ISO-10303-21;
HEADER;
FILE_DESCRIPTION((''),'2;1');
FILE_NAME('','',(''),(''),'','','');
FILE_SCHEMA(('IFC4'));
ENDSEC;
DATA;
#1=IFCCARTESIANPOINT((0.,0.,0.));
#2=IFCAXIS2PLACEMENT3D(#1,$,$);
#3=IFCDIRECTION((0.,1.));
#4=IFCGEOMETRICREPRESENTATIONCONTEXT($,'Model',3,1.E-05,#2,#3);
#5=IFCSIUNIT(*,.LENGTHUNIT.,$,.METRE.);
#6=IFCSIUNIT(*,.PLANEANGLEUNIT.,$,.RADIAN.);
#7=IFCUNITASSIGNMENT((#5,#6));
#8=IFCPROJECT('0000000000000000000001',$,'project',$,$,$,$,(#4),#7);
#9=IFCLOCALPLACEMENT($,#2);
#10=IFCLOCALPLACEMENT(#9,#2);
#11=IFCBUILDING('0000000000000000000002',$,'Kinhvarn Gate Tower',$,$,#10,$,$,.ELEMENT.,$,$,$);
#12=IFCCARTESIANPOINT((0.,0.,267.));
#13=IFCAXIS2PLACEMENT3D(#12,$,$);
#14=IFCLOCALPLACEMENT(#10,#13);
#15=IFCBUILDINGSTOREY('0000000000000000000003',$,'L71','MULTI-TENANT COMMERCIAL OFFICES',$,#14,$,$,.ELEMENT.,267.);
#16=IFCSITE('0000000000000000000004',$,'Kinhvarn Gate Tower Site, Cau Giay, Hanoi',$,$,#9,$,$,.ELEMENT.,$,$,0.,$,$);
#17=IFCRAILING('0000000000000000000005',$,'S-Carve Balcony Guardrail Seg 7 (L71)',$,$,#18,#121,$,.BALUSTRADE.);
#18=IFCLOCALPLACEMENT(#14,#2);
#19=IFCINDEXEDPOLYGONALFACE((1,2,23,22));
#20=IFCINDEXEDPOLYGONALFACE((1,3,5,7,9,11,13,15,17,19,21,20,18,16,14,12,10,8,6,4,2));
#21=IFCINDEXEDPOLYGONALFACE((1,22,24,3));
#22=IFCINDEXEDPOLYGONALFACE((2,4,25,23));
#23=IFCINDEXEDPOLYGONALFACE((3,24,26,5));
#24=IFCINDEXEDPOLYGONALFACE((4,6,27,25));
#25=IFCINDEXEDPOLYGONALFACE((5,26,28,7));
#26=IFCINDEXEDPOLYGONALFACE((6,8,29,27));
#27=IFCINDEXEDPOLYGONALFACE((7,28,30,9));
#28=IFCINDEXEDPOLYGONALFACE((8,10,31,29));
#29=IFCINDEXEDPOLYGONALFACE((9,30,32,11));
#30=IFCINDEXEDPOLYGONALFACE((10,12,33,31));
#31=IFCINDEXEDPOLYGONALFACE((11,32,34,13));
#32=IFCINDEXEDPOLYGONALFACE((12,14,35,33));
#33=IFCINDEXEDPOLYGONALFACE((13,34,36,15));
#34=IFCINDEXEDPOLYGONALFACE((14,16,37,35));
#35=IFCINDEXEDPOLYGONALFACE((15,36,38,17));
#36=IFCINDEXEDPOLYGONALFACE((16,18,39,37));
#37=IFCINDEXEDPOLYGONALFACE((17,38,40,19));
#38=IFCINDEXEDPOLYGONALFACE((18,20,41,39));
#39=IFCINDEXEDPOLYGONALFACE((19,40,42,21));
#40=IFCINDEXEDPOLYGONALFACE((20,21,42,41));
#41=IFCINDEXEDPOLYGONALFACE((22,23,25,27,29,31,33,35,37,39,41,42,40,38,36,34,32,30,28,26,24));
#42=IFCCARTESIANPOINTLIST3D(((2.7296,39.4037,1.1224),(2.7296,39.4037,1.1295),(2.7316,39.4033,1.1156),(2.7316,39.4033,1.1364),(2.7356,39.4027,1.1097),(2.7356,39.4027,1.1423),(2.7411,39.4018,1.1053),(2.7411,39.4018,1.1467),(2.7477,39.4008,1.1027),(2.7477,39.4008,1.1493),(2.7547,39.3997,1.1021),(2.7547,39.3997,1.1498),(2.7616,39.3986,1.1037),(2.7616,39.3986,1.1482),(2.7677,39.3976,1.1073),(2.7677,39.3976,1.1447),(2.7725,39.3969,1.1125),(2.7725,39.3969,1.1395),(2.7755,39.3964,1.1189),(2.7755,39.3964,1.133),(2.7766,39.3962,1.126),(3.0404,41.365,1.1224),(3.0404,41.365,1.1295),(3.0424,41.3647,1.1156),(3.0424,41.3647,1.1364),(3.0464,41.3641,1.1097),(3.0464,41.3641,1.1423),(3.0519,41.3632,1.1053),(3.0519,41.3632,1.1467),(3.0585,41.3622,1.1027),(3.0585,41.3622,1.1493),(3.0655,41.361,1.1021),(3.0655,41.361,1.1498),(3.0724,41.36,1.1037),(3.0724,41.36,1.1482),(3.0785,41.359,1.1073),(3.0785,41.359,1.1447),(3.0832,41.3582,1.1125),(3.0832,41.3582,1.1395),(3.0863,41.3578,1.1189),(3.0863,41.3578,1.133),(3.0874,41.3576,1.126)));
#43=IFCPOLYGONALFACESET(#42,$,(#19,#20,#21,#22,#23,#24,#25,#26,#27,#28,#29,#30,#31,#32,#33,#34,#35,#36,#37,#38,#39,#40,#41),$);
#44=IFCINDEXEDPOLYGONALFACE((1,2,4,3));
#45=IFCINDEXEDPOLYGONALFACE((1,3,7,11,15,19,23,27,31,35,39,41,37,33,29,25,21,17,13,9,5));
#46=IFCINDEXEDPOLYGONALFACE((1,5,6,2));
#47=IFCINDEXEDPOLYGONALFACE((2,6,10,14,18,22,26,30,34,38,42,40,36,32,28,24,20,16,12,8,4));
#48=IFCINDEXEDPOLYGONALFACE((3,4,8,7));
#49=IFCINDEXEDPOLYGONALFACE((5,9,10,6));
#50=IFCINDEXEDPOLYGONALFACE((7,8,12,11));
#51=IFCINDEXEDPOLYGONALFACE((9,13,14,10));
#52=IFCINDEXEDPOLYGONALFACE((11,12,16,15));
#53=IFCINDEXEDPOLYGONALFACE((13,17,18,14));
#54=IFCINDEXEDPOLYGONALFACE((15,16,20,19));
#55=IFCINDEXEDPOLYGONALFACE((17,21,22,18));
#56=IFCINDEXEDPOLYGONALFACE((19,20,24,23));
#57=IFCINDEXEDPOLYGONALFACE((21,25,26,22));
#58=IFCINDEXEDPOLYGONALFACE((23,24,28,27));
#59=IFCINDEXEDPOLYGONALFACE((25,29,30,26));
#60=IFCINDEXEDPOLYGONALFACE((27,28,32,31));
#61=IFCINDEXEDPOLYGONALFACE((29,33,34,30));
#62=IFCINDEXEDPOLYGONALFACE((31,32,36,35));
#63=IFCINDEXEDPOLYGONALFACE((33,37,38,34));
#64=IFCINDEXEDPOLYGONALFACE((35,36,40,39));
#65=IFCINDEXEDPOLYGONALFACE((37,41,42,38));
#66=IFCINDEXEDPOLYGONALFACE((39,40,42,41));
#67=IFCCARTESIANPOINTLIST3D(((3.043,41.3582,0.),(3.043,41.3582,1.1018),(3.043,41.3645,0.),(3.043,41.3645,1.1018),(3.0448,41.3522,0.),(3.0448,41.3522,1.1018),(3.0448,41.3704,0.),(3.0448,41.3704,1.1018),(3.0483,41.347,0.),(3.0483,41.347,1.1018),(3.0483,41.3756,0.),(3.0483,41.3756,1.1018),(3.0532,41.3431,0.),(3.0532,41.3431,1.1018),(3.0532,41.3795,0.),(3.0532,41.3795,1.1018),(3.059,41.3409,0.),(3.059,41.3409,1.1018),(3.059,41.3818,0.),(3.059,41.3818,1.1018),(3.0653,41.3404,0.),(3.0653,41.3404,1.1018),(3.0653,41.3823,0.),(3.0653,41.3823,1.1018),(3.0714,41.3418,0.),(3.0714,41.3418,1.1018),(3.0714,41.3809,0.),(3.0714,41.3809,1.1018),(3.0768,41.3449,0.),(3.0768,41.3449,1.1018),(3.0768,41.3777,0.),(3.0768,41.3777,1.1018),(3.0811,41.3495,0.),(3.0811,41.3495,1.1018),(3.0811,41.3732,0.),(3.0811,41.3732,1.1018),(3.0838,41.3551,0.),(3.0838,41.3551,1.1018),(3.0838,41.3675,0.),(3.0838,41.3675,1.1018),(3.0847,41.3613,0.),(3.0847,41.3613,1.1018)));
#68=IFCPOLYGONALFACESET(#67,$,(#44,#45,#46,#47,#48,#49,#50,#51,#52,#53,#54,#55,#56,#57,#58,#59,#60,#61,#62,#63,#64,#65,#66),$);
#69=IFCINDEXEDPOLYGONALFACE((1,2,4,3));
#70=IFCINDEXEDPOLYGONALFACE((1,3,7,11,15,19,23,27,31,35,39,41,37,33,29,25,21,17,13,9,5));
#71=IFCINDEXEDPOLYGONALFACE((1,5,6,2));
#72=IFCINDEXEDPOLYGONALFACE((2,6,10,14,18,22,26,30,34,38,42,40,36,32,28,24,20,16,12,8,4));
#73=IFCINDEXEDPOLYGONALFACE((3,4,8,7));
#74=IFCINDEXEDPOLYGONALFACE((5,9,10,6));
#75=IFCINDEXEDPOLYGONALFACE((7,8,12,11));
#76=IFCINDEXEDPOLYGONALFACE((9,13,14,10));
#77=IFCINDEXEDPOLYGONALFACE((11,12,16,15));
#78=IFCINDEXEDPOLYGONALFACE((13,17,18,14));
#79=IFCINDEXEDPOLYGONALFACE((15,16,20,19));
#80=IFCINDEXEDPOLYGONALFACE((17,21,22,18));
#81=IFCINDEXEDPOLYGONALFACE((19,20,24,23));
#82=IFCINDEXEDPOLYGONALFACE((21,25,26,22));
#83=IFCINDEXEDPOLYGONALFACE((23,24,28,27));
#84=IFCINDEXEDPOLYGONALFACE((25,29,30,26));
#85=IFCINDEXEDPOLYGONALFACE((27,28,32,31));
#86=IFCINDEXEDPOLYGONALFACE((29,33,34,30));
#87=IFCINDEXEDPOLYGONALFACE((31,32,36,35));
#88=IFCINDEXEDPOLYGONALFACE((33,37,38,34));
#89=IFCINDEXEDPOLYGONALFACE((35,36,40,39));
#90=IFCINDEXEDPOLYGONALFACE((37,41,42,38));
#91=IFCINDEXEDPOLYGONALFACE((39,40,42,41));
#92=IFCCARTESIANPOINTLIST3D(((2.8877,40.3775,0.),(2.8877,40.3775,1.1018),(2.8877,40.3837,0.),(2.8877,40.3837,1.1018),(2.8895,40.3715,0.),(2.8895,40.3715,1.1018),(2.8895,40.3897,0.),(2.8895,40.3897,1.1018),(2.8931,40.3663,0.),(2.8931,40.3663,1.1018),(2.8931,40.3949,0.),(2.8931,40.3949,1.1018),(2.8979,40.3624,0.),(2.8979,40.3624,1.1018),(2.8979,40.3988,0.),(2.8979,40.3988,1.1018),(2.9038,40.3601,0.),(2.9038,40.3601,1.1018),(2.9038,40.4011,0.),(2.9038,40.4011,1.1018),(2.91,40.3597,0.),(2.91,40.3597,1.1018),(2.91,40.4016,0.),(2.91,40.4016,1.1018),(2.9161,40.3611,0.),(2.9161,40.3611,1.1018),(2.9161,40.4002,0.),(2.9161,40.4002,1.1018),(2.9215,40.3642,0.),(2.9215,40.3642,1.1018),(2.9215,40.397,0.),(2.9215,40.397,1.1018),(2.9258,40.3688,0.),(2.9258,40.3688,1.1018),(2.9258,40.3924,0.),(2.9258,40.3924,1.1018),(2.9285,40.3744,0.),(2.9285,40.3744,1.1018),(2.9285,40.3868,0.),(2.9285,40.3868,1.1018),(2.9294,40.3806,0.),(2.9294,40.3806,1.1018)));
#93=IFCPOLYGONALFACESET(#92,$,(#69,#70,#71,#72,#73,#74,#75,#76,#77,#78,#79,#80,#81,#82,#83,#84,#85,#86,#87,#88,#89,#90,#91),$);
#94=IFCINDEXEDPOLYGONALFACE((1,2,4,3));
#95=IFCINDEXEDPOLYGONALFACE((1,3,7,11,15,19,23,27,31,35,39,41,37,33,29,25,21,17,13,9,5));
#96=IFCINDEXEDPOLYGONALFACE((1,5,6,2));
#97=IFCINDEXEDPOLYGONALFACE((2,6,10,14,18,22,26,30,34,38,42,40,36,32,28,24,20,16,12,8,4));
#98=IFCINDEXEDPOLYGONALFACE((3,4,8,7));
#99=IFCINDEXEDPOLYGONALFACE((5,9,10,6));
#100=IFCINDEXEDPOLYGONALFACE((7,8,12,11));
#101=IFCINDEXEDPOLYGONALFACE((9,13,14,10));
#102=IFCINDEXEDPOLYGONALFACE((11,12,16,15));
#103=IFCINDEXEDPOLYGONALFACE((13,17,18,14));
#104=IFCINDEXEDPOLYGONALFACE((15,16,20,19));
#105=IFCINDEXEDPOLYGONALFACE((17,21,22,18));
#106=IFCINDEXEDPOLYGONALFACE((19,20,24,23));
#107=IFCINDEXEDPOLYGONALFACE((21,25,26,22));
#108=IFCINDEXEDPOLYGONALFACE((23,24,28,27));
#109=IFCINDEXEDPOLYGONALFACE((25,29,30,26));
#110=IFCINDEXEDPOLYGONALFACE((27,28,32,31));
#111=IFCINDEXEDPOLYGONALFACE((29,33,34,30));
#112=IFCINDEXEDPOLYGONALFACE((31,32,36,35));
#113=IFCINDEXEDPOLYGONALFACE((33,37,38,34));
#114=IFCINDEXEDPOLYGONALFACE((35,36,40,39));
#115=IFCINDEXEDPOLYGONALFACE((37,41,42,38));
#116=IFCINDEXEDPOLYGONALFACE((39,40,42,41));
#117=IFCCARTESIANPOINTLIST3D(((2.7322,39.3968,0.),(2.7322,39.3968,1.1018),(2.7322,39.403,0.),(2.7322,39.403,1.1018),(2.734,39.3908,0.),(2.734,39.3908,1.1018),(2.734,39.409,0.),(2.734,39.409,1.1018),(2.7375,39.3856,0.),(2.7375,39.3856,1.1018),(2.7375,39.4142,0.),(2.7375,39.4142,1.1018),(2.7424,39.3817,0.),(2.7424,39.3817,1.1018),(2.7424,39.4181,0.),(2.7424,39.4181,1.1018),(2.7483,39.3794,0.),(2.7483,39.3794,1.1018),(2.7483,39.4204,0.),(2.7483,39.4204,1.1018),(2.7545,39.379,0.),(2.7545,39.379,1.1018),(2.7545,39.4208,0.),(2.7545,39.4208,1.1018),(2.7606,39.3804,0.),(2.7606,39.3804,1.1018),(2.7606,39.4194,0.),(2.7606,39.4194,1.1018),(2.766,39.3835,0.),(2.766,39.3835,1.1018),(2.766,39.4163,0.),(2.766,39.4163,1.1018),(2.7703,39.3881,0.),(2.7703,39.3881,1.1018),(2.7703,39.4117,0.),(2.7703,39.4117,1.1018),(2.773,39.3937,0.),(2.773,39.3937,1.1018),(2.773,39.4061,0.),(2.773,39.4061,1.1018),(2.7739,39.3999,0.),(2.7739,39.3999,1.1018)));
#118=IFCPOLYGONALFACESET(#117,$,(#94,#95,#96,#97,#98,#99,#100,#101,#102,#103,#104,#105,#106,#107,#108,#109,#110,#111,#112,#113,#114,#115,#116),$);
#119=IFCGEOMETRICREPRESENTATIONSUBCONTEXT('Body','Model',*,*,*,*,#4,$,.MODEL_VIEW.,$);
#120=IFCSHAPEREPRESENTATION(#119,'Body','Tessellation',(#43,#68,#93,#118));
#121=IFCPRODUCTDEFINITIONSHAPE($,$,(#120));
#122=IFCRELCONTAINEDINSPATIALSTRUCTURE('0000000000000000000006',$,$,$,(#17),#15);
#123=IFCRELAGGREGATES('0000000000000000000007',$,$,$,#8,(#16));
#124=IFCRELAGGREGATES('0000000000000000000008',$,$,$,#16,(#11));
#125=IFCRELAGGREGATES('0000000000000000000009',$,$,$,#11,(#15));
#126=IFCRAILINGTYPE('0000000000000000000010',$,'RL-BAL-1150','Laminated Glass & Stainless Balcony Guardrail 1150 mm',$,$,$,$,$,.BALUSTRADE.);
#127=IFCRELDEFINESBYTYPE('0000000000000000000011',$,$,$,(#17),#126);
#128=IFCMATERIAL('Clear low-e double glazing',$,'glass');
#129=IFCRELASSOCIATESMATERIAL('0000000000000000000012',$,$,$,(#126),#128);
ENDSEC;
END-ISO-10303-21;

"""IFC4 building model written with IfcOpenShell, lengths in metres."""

from ifc_helpers import new_model, si_unit, direction, frame, origin, origin_2d, place, context, subcontext, project, spatial, circle, extrude, material, type_object, element, save


model = new_model("IFC4")

# Units and contexts
model_context = context("Model", 3, precision=1e-05, world=origin(), true_north=direction((0.0, 1.0)))
body_context = subcontext(model_context, "Body", "Model", "MODEL_VIEW")
ifc_project = project(units=[si_unit("LENGTHUNIT", "METRE"), si_unit("PLANEANGLEUNIT", "RADIAN")], contexts=[model_context])

# Site, building, storey
site_placement = place(None, origin())
site = spatial("IfcSite", under=ifc_project, at=site_placement, Name="Kinhvarn Gate Tower Site, Cau Giay, Hanoi", CompositionType="ELEMENT", RefElevation=0.0)
building_placement = place(site_placement, origin())
building = spatial("IfcBuilding", under=site, at=building_placement, Name="Kinhvarn Gate Tower", CompositionType="ELEMENT")
storey_placement = place(building_placement, frame((0.0, 0.0, 267.0)))
storey = spatial("IfcBuildingStorey", under=building, at=storey_placement, Name="L71", Description="MULTI-TENANT COMMERCIAL OFFICES", CompositionType="ELEMENT", Elevation=267.0)

# Shared definitions
ifc_material_1 = material(Name="Clear low-e double glazing", Category="glass")

# Railing
railing_type = type_object("IfcRailingType", Name="RL-BAL-1150", Description="Laminated Glass & Stainless Balcony Guardrail 1150 mm", PredefinedType="BALUSTRADE", material=ifc_material_1)
railing_1_placement = place(storey_placement, frame((3.0637, 41.3613, 0.0)))
element("IfcRailing", 1, at=railing_1_placement, inside=storey, type_object=railing_type, Name="S-Carve Balcony Guardrail Seg 7 (L71)", PredefinedType="BALUSTRADE", context=body_context, shape_type="SweptSolid", body=[
    extrude(circle(Radius=0.0239, at=origin_2d()), frame((0.0, 0.0, 1.126), z_axis=(-0.156499, -0.987678, 0.0), x_axis=(0.987678, -0.156499, 0.0)), (0.0, 0.0, 1.0), 1.9858),
    extrude(circle(Radius=0.021, at=origin_2d()), origin(), (0.0, 0.0, 1.0), 1.1018),
    extrude(circle(Radius=0.021, at=origin_2d()), frame((-0.1553, -0.9807, 0.0)), (0.0, 0.0, 1.0), 1.1018),
    extrude(circle(Radius=0.021, at=origin_2d()), frame((-0.3108, -1.9614, 0.0)), (0.0, 0.0, 1.0), 1.1018),
])

save(model, "model.ifc")
